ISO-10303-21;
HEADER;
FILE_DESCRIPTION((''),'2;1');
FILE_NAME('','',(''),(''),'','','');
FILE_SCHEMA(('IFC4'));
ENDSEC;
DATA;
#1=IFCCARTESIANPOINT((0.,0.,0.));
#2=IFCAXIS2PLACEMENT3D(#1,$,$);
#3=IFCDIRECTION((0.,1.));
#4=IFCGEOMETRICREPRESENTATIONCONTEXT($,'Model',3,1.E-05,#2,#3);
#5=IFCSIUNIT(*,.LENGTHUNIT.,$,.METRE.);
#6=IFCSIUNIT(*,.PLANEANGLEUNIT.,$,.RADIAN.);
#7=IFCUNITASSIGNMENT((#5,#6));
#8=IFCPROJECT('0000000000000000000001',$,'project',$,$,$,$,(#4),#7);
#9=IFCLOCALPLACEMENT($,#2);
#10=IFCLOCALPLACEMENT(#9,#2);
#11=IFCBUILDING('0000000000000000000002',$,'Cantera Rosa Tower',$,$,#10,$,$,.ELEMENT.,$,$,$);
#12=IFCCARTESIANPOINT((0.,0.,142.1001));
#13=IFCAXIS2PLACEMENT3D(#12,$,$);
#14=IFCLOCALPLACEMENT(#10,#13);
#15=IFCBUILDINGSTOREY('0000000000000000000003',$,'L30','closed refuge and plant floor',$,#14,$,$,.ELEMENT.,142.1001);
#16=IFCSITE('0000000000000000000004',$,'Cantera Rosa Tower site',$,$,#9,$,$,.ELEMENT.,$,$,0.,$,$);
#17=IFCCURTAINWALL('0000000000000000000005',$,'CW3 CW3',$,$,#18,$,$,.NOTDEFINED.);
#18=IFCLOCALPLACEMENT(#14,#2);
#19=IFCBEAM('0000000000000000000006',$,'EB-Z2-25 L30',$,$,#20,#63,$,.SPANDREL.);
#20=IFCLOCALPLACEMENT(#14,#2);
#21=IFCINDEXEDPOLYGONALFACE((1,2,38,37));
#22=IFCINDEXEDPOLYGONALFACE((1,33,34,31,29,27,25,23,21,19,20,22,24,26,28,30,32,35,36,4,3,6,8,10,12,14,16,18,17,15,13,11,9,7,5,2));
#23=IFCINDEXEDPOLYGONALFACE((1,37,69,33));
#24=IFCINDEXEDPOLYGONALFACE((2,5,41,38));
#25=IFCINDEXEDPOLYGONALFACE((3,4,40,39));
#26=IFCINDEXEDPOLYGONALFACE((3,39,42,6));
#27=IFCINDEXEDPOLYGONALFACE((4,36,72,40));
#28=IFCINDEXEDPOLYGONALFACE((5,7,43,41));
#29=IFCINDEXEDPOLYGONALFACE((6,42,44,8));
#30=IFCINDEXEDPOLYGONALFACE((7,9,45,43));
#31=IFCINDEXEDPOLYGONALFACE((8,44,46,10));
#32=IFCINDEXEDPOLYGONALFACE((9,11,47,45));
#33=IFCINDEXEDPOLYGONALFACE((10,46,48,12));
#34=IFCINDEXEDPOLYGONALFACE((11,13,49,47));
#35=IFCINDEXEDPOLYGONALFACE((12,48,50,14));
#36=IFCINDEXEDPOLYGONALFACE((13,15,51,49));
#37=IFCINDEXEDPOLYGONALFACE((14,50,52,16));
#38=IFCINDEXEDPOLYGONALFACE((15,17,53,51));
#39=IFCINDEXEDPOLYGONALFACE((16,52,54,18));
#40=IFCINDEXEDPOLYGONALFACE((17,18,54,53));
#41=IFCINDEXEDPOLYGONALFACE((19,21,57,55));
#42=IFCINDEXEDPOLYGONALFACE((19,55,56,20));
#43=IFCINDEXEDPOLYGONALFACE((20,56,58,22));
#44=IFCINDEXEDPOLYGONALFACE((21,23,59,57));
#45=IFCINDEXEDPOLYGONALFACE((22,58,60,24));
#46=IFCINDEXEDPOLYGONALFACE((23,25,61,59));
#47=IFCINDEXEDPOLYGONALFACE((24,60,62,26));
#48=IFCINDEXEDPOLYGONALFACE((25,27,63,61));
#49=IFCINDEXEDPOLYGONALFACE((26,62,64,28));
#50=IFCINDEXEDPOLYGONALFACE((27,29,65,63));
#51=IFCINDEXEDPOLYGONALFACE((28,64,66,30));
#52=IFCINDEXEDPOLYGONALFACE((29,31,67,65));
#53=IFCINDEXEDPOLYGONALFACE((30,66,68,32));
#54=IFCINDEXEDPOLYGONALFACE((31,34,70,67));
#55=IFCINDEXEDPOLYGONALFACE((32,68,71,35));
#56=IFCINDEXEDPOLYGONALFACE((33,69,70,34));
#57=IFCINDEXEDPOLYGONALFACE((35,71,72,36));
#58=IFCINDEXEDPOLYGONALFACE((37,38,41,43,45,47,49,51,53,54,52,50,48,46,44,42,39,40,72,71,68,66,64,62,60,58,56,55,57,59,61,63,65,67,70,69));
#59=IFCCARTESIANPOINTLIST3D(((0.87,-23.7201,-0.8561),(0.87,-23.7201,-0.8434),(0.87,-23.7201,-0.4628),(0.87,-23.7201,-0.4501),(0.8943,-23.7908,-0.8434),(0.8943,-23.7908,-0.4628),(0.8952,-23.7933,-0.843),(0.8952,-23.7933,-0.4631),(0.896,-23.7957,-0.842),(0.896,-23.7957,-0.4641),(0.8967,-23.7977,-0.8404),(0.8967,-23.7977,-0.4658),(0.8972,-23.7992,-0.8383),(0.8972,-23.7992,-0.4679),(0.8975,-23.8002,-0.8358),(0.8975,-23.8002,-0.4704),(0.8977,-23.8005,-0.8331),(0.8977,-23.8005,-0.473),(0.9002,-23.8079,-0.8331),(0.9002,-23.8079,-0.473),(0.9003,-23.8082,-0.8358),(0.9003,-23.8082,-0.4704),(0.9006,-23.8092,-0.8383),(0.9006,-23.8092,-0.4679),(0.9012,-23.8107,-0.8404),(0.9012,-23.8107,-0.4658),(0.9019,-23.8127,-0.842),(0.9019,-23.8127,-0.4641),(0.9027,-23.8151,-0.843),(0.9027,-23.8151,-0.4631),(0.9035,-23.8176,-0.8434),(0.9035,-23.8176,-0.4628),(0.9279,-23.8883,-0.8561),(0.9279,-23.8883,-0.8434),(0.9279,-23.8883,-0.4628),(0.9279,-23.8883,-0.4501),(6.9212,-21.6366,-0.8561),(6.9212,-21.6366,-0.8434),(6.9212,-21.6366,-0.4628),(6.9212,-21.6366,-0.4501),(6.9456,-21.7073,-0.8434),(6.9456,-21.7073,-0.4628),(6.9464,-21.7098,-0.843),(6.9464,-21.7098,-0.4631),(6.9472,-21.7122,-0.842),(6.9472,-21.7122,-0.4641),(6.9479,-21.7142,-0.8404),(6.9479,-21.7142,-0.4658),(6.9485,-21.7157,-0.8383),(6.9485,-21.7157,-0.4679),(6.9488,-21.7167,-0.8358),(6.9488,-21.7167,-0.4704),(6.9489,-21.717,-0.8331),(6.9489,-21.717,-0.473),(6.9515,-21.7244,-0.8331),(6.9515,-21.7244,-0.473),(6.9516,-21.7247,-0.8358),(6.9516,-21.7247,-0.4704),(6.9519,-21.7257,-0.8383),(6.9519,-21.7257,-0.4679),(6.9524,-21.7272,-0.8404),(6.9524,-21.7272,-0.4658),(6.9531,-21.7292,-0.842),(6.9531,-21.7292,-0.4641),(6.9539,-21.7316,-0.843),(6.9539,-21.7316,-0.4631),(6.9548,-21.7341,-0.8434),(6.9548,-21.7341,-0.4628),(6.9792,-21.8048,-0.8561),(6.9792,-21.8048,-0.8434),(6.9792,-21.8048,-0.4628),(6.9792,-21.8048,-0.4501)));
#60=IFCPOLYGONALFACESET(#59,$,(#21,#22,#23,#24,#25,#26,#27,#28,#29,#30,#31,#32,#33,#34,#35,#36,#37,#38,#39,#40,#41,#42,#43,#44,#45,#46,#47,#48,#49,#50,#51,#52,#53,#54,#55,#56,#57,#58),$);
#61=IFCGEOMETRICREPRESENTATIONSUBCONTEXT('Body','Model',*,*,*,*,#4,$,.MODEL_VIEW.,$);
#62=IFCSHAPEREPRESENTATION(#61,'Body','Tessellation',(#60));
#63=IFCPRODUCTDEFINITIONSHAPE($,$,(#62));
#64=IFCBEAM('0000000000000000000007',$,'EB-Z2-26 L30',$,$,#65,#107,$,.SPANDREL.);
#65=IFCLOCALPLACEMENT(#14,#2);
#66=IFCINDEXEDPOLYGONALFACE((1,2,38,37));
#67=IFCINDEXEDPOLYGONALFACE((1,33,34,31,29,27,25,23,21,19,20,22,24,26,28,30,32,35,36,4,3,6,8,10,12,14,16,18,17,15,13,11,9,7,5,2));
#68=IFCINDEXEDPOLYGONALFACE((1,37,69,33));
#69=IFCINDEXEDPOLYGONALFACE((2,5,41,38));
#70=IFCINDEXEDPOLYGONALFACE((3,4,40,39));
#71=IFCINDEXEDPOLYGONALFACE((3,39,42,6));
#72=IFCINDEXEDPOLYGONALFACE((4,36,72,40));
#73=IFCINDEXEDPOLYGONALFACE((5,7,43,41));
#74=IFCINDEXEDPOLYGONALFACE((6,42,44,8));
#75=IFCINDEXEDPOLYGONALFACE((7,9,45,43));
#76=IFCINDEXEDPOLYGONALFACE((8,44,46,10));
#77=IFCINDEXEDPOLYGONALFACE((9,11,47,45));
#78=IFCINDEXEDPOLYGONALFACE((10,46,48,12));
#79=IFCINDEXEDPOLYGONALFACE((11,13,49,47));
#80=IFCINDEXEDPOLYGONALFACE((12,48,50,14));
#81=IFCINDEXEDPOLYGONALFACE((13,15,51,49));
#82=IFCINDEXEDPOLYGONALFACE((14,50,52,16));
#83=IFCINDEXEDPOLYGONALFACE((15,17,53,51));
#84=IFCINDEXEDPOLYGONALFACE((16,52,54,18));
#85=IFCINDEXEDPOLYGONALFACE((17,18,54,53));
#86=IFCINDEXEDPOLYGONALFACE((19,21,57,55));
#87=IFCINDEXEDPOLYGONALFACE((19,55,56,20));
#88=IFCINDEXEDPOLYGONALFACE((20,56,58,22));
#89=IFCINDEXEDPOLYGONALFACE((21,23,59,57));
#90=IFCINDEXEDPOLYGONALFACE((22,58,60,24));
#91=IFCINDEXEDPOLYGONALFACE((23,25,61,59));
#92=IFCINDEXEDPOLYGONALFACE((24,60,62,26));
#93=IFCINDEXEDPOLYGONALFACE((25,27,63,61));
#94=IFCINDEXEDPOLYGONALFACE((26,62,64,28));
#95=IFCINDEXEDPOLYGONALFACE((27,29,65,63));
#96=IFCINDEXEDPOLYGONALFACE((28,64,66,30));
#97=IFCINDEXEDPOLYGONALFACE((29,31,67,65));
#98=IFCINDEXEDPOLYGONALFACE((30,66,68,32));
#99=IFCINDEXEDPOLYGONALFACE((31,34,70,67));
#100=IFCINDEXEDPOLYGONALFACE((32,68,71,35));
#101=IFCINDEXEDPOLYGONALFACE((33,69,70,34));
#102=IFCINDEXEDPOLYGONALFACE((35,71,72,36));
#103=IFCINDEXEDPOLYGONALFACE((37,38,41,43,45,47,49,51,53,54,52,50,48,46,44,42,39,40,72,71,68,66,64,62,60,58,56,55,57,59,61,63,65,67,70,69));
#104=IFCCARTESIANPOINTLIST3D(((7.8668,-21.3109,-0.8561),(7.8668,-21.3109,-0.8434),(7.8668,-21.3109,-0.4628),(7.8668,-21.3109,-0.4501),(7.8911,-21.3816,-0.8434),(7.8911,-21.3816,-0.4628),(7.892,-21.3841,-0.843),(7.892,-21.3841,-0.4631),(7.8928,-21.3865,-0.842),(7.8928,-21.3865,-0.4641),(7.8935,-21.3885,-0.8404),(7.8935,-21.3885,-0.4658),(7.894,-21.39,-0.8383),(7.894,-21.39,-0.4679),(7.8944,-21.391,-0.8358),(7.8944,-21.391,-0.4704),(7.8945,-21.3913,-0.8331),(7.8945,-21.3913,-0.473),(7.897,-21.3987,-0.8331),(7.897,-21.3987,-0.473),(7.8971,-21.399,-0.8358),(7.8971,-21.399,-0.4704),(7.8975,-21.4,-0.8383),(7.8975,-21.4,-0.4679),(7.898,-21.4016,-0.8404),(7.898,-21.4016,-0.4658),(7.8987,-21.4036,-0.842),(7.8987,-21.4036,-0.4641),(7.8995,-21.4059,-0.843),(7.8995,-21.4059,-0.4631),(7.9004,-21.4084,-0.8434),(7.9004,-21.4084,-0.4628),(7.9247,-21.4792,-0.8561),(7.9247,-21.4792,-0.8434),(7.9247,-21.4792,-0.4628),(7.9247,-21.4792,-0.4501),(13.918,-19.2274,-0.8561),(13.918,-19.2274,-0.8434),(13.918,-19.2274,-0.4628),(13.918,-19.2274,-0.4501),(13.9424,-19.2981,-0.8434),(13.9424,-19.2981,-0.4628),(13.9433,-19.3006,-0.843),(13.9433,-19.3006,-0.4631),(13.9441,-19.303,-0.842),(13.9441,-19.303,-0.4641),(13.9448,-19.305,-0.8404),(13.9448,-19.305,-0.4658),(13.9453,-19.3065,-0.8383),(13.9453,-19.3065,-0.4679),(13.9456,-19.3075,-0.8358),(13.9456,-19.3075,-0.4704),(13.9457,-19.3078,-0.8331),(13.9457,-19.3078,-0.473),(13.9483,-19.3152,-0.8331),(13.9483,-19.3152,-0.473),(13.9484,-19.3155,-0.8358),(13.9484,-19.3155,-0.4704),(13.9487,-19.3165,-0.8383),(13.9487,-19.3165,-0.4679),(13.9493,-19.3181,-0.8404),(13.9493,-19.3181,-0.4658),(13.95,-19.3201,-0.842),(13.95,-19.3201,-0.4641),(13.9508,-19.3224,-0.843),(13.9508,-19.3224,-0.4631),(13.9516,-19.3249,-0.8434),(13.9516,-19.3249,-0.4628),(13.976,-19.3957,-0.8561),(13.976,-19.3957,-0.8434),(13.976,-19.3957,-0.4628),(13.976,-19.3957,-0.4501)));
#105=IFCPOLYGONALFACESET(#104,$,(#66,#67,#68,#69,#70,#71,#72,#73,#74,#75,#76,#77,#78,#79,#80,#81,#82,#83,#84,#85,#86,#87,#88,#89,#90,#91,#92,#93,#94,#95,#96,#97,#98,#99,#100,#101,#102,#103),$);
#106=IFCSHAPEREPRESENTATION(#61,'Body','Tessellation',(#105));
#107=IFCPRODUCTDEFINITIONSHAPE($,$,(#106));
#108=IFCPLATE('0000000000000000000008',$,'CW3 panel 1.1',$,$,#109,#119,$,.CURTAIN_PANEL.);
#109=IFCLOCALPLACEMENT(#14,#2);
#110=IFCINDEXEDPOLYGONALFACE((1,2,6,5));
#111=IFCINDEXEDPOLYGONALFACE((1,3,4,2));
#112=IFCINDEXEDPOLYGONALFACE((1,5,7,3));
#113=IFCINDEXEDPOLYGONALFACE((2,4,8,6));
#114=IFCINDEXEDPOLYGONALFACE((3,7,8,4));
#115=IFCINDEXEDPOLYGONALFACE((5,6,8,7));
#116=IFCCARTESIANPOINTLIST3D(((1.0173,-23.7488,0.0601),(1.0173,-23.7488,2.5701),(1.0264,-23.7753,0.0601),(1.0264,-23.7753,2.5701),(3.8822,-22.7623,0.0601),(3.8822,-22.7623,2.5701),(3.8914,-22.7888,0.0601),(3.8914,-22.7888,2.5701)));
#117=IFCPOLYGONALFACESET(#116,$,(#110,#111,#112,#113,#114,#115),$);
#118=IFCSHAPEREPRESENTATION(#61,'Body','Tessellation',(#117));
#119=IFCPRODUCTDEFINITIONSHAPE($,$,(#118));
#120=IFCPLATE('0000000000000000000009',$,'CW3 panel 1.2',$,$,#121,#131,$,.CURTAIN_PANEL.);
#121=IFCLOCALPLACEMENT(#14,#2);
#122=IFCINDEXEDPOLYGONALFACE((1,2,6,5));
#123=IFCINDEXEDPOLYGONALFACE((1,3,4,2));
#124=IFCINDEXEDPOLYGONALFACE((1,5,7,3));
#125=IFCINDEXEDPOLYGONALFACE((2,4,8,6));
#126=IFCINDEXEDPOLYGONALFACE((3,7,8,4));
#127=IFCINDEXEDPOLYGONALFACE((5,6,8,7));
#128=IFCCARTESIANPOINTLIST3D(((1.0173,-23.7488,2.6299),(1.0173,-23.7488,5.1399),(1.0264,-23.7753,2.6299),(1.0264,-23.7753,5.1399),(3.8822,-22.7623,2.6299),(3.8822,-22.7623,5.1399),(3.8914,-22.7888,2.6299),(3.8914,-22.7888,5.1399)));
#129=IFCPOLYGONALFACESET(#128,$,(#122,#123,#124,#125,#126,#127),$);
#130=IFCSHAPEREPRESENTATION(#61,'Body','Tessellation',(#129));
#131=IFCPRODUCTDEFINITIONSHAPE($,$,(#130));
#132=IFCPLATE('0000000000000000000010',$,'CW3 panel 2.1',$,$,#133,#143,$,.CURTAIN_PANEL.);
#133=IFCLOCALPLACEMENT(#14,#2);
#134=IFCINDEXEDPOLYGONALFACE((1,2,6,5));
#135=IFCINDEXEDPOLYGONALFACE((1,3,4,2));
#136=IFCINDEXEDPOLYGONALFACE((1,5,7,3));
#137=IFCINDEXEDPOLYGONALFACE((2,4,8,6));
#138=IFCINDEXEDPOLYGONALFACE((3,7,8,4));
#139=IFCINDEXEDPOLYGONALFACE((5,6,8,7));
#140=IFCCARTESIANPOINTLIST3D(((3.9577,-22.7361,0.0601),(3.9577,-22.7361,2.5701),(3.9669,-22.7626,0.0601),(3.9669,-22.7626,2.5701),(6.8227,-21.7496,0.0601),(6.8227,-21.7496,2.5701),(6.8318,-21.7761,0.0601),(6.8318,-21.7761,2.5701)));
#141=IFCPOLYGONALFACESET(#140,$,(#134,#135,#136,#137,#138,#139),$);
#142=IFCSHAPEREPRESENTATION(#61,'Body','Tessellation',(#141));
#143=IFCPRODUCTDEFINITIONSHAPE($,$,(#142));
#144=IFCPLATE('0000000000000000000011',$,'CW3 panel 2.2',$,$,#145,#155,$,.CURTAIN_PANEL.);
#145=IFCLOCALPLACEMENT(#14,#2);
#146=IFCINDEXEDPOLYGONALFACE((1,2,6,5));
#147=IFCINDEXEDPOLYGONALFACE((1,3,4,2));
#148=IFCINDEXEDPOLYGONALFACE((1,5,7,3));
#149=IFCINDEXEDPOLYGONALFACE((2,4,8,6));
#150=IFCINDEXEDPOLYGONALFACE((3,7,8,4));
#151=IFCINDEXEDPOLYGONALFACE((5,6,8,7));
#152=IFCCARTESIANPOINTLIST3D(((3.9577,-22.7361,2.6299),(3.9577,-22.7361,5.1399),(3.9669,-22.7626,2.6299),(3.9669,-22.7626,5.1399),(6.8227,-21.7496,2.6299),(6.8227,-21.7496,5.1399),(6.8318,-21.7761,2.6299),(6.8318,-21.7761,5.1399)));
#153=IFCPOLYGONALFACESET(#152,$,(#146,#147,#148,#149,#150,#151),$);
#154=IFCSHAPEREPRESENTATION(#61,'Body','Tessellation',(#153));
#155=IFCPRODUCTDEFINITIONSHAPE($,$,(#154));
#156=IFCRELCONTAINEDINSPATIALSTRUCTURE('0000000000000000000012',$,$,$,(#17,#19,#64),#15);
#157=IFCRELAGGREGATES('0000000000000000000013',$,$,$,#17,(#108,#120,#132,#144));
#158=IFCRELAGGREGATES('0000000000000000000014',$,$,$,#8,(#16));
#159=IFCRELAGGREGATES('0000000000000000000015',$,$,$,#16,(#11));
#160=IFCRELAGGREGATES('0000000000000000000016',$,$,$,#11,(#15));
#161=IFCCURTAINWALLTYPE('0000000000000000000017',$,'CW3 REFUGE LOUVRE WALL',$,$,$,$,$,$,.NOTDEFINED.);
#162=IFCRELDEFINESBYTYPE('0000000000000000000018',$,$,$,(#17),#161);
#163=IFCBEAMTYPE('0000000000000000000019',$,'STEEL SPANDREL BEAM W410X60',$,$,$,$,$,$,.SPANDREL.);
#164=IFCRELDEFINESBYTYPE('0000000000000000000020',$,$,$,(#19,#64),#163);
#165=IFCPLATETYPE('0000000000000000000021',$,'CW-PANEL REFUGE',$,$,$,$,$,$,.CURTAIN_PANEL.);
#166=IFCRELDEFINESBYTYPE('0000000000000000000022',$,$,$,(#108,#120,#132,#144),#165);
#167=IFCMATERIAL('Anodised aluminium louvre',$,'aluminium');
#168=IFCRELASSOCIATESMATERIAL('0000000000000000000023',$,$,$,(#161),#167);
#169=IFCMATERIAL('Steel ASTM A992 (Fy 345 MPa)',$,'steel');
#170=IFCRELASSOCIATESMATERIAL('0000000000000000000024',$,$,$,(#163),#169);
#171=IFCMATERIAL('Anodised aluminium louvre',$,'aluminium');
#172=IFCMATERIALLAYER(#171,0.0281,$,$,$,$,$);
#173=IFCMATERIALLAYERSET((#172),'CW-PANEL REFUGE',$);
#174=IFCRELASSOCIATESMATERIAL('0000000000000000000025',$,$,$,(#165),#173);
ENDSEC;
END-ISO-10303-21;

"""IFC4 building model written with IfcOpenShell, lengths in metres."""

from ifc_helpers import new_model, si_unit, direction, frame, origin, origin_2d, place, context, subcontext, project, spatial, rectangle, i_section, extrude, material, layer, layer_set, material_profile, profile_set, type_object, element, aggregate, save


model = new_model("IFC4")

# Units and contexts
model_context = context("Model", 3, precision=1e-05, world=origin(), true_north=direction((0.0, 1.0)))
body_context = subcontext(model_context, "Body", "Model", "MODEL_VIEW")
ifc_project = project(units=[si_unit("LENGTHUNIT", "METRE"), si_unit("PLANEANGLEUNIT", "RADIAN")], contexts=[model_context])

# Site, building, storey
site_placement = place(None, origin())
site = spatial("IfcSite", under=ifc_project, at=site_placement, Name="Cantera Rosa Tower site", CompositionType="ELEMENT", RefElevation=0.0)
building_placement = place(site_placement, origin())
building = spatial("IfcBuilding", under=site, at=building_placement, Name="Cantera Rosa Tower", CompositionType="ELEMENT")
storey_placement = place(building_placement, frame((0.0, 0.0, 142.1001)))
storey = spatial("IfcBuildingStorey", under=building, at=storey_placement, Name="L30", Description="closed refuge and plant floor", CompositionType="ELEMENT", Elevation=142.1001)

# Curtain wall
ifc_material_1 = material(Name="Anodised aluminium louvre", Category="aluminium")
curtain_wall_type = type_object("IfcCurtainWallType", Name="CW3 REFUGE LOUVRE WALL", PredefinedType="NOTDEFINED", material=ifc_material_1)
curtain_wall_1_placement = place(storey_placement, origin())
curtain_wall_1 = element("IfcCurtainWall", 1, at=curtain_wall_1_placement, inside=storey, type_object=curtain_wall_type, Name="CW3 CW3", PredefinedType="NOTDEFINED")

# Beams
ifc_material_2 = material(Name="Steel ASTM A992 (Fy 345 MPa)", Category="steel")
ifc_material_profile_1 = material_profile(ifc_material_2, i_section(OverallWidth=0.178, OverallDepth=0.406, WebThickness=0.0078, FlangeThickness=0.0127, FilletRadius=0.0103, at=origin_2d()), Name="W410X60")
ifc_profile_set_1 = profile_set([ifc_material_profile_1], Name="Steel ASTM A992 (Fy 345 MPa)")
beam_type_1 = type_object("IfcBeamType", Name="STEEL SPANDREL BEAM W410X60", PredefinedType="SPANDREL", material=ifc_profile_set_1)
for number, where, z_axis, x_axis, name in (
    (2, (0.8989, -23.8042, -0.6531), (0.945524, 0.325551, 0.0), (-0.325551, 0.945524, 0.0), "EB-Z2-25 L30"),
    (3, (7.8958, -21.395, -0.6531), (0.945524, 0.325551, 0.0), (-0.325551, 0.945524, 0.0), "EB-Z2-26 L30"),
):
    element("IfcBeam", number, at=place(storey_placement, frame(where, z_axis=z_axis, x_axis=x_axis)), inside=storey, type_object=beam_type_1, Name=name, PredefinedType="SPANDREL", context=body_context, shape_type="SweptSolid", body=[
        extrude(i_section(OverallWidth=0.178, OverallDepth=0.406, WebThickness=0.0078, FlangeThickness=0.0127, FilletRadius=0.0103, at=origin_2d()), origin(), (0.0, 0.0, 1.0), 6.3999),
    ])

# Plates
ifc_material_3 = material(Name="Anodised aluminium louvre", Category="aluminium")
ifc_layer = layer(ifc_material_3, 0.0281)
ifc_layer_set = layer_set([ifc_layer], Name="CW-PANEL REFUGE")
plate_type = type_object("IfcPlateType", Name="CW-PANEL REFUGE", PredefinedType="CURTAIN_PANEL", material=ifc_layer_set)
plate_1_placement = place(storey_placement, frame((2.4543, -23.2688, 0.0601), z_axis=(0.0, 0.0, 1.0), x_axis=(0.945519, 0.325568, 0.0)))
plate_1 = element("IfcPlate", 4, at=plate_1_placement, type_object=plate_type, Name="CW3 panel 1.1", PredefinedType="CURTAIN_PANEL", context=body_context, shape_type="SweptSolid", body=[
    extrude(rectangle(XDim=3.03, YDim=0.0281, at=origin_2d()), origin(), (0.0, 0.0, 1.0), 2.51),
])
plate_2_placement = place(storey_placement, frame((2.4543, -23.2688, 2.6299), z_axis=(0.0, 0.0, 1.0), x_axis=(0.945519, 0.325568, 0.0)))
plate_2 = element("IfcPlate", 5, at=plate_2_placement, type_object=plate_type, Name="CW3 panel 1.2", PredefinedType="CURTAIN_PANEL", context=body_context, shape_type="SweptSolid", body=[
    extrude(rectangle(XDim=3.03, YDim=0.0281, at=origin_2d()), origin(), (0.0, 0.0, 1.0), 2.51),
])
plate_3_placement = place(storey_placement, frame((5.3948, -22.2561, 0.0601), z_axis=(0.0, 0.0, 1.0), x_axis=(0.945519, 0.325568, 0.0)))
plate_3 = element("IfcPlate", 6, at=plate_3_placement, type_object=plate_type, Name="CW3 panel 2.1", PredefinedType="CURTAIN_PANEL", context=body_context, shape_type="SweptSolid", body=[
    extrude(rectangle(XDim=3.03, YDim=0.0281, at=origin_2d()), origin(), (0.0, 0.0, 1.0), 2.51),
])
plate_4_placement = place(storey_placement, frame((5.3948, -22.2561, 2.6299), z_axis=(0.0, 0.0, 1.0), x_axis=(0.945519, 0.325568, 0.0)))
plate_4 = element("IfcPlate", 7, at=plate_4_placement, type_object=plate_type, Name="CW3 panel 2.2", PredefinedType="CURTAIN_PANEL", context=body_context, shape_type="SweptSolid", body=[
    extrude(rectangle(XDim=3.03, YDim=0.0281, at=origin_2d()), origin(), (0.0, 0.0, 1.0), 2.51),
])
aggregate(curtain_wall_1, [plate_1, plate_2, plate_3, plate_4])

save(model, "model.ifc")
